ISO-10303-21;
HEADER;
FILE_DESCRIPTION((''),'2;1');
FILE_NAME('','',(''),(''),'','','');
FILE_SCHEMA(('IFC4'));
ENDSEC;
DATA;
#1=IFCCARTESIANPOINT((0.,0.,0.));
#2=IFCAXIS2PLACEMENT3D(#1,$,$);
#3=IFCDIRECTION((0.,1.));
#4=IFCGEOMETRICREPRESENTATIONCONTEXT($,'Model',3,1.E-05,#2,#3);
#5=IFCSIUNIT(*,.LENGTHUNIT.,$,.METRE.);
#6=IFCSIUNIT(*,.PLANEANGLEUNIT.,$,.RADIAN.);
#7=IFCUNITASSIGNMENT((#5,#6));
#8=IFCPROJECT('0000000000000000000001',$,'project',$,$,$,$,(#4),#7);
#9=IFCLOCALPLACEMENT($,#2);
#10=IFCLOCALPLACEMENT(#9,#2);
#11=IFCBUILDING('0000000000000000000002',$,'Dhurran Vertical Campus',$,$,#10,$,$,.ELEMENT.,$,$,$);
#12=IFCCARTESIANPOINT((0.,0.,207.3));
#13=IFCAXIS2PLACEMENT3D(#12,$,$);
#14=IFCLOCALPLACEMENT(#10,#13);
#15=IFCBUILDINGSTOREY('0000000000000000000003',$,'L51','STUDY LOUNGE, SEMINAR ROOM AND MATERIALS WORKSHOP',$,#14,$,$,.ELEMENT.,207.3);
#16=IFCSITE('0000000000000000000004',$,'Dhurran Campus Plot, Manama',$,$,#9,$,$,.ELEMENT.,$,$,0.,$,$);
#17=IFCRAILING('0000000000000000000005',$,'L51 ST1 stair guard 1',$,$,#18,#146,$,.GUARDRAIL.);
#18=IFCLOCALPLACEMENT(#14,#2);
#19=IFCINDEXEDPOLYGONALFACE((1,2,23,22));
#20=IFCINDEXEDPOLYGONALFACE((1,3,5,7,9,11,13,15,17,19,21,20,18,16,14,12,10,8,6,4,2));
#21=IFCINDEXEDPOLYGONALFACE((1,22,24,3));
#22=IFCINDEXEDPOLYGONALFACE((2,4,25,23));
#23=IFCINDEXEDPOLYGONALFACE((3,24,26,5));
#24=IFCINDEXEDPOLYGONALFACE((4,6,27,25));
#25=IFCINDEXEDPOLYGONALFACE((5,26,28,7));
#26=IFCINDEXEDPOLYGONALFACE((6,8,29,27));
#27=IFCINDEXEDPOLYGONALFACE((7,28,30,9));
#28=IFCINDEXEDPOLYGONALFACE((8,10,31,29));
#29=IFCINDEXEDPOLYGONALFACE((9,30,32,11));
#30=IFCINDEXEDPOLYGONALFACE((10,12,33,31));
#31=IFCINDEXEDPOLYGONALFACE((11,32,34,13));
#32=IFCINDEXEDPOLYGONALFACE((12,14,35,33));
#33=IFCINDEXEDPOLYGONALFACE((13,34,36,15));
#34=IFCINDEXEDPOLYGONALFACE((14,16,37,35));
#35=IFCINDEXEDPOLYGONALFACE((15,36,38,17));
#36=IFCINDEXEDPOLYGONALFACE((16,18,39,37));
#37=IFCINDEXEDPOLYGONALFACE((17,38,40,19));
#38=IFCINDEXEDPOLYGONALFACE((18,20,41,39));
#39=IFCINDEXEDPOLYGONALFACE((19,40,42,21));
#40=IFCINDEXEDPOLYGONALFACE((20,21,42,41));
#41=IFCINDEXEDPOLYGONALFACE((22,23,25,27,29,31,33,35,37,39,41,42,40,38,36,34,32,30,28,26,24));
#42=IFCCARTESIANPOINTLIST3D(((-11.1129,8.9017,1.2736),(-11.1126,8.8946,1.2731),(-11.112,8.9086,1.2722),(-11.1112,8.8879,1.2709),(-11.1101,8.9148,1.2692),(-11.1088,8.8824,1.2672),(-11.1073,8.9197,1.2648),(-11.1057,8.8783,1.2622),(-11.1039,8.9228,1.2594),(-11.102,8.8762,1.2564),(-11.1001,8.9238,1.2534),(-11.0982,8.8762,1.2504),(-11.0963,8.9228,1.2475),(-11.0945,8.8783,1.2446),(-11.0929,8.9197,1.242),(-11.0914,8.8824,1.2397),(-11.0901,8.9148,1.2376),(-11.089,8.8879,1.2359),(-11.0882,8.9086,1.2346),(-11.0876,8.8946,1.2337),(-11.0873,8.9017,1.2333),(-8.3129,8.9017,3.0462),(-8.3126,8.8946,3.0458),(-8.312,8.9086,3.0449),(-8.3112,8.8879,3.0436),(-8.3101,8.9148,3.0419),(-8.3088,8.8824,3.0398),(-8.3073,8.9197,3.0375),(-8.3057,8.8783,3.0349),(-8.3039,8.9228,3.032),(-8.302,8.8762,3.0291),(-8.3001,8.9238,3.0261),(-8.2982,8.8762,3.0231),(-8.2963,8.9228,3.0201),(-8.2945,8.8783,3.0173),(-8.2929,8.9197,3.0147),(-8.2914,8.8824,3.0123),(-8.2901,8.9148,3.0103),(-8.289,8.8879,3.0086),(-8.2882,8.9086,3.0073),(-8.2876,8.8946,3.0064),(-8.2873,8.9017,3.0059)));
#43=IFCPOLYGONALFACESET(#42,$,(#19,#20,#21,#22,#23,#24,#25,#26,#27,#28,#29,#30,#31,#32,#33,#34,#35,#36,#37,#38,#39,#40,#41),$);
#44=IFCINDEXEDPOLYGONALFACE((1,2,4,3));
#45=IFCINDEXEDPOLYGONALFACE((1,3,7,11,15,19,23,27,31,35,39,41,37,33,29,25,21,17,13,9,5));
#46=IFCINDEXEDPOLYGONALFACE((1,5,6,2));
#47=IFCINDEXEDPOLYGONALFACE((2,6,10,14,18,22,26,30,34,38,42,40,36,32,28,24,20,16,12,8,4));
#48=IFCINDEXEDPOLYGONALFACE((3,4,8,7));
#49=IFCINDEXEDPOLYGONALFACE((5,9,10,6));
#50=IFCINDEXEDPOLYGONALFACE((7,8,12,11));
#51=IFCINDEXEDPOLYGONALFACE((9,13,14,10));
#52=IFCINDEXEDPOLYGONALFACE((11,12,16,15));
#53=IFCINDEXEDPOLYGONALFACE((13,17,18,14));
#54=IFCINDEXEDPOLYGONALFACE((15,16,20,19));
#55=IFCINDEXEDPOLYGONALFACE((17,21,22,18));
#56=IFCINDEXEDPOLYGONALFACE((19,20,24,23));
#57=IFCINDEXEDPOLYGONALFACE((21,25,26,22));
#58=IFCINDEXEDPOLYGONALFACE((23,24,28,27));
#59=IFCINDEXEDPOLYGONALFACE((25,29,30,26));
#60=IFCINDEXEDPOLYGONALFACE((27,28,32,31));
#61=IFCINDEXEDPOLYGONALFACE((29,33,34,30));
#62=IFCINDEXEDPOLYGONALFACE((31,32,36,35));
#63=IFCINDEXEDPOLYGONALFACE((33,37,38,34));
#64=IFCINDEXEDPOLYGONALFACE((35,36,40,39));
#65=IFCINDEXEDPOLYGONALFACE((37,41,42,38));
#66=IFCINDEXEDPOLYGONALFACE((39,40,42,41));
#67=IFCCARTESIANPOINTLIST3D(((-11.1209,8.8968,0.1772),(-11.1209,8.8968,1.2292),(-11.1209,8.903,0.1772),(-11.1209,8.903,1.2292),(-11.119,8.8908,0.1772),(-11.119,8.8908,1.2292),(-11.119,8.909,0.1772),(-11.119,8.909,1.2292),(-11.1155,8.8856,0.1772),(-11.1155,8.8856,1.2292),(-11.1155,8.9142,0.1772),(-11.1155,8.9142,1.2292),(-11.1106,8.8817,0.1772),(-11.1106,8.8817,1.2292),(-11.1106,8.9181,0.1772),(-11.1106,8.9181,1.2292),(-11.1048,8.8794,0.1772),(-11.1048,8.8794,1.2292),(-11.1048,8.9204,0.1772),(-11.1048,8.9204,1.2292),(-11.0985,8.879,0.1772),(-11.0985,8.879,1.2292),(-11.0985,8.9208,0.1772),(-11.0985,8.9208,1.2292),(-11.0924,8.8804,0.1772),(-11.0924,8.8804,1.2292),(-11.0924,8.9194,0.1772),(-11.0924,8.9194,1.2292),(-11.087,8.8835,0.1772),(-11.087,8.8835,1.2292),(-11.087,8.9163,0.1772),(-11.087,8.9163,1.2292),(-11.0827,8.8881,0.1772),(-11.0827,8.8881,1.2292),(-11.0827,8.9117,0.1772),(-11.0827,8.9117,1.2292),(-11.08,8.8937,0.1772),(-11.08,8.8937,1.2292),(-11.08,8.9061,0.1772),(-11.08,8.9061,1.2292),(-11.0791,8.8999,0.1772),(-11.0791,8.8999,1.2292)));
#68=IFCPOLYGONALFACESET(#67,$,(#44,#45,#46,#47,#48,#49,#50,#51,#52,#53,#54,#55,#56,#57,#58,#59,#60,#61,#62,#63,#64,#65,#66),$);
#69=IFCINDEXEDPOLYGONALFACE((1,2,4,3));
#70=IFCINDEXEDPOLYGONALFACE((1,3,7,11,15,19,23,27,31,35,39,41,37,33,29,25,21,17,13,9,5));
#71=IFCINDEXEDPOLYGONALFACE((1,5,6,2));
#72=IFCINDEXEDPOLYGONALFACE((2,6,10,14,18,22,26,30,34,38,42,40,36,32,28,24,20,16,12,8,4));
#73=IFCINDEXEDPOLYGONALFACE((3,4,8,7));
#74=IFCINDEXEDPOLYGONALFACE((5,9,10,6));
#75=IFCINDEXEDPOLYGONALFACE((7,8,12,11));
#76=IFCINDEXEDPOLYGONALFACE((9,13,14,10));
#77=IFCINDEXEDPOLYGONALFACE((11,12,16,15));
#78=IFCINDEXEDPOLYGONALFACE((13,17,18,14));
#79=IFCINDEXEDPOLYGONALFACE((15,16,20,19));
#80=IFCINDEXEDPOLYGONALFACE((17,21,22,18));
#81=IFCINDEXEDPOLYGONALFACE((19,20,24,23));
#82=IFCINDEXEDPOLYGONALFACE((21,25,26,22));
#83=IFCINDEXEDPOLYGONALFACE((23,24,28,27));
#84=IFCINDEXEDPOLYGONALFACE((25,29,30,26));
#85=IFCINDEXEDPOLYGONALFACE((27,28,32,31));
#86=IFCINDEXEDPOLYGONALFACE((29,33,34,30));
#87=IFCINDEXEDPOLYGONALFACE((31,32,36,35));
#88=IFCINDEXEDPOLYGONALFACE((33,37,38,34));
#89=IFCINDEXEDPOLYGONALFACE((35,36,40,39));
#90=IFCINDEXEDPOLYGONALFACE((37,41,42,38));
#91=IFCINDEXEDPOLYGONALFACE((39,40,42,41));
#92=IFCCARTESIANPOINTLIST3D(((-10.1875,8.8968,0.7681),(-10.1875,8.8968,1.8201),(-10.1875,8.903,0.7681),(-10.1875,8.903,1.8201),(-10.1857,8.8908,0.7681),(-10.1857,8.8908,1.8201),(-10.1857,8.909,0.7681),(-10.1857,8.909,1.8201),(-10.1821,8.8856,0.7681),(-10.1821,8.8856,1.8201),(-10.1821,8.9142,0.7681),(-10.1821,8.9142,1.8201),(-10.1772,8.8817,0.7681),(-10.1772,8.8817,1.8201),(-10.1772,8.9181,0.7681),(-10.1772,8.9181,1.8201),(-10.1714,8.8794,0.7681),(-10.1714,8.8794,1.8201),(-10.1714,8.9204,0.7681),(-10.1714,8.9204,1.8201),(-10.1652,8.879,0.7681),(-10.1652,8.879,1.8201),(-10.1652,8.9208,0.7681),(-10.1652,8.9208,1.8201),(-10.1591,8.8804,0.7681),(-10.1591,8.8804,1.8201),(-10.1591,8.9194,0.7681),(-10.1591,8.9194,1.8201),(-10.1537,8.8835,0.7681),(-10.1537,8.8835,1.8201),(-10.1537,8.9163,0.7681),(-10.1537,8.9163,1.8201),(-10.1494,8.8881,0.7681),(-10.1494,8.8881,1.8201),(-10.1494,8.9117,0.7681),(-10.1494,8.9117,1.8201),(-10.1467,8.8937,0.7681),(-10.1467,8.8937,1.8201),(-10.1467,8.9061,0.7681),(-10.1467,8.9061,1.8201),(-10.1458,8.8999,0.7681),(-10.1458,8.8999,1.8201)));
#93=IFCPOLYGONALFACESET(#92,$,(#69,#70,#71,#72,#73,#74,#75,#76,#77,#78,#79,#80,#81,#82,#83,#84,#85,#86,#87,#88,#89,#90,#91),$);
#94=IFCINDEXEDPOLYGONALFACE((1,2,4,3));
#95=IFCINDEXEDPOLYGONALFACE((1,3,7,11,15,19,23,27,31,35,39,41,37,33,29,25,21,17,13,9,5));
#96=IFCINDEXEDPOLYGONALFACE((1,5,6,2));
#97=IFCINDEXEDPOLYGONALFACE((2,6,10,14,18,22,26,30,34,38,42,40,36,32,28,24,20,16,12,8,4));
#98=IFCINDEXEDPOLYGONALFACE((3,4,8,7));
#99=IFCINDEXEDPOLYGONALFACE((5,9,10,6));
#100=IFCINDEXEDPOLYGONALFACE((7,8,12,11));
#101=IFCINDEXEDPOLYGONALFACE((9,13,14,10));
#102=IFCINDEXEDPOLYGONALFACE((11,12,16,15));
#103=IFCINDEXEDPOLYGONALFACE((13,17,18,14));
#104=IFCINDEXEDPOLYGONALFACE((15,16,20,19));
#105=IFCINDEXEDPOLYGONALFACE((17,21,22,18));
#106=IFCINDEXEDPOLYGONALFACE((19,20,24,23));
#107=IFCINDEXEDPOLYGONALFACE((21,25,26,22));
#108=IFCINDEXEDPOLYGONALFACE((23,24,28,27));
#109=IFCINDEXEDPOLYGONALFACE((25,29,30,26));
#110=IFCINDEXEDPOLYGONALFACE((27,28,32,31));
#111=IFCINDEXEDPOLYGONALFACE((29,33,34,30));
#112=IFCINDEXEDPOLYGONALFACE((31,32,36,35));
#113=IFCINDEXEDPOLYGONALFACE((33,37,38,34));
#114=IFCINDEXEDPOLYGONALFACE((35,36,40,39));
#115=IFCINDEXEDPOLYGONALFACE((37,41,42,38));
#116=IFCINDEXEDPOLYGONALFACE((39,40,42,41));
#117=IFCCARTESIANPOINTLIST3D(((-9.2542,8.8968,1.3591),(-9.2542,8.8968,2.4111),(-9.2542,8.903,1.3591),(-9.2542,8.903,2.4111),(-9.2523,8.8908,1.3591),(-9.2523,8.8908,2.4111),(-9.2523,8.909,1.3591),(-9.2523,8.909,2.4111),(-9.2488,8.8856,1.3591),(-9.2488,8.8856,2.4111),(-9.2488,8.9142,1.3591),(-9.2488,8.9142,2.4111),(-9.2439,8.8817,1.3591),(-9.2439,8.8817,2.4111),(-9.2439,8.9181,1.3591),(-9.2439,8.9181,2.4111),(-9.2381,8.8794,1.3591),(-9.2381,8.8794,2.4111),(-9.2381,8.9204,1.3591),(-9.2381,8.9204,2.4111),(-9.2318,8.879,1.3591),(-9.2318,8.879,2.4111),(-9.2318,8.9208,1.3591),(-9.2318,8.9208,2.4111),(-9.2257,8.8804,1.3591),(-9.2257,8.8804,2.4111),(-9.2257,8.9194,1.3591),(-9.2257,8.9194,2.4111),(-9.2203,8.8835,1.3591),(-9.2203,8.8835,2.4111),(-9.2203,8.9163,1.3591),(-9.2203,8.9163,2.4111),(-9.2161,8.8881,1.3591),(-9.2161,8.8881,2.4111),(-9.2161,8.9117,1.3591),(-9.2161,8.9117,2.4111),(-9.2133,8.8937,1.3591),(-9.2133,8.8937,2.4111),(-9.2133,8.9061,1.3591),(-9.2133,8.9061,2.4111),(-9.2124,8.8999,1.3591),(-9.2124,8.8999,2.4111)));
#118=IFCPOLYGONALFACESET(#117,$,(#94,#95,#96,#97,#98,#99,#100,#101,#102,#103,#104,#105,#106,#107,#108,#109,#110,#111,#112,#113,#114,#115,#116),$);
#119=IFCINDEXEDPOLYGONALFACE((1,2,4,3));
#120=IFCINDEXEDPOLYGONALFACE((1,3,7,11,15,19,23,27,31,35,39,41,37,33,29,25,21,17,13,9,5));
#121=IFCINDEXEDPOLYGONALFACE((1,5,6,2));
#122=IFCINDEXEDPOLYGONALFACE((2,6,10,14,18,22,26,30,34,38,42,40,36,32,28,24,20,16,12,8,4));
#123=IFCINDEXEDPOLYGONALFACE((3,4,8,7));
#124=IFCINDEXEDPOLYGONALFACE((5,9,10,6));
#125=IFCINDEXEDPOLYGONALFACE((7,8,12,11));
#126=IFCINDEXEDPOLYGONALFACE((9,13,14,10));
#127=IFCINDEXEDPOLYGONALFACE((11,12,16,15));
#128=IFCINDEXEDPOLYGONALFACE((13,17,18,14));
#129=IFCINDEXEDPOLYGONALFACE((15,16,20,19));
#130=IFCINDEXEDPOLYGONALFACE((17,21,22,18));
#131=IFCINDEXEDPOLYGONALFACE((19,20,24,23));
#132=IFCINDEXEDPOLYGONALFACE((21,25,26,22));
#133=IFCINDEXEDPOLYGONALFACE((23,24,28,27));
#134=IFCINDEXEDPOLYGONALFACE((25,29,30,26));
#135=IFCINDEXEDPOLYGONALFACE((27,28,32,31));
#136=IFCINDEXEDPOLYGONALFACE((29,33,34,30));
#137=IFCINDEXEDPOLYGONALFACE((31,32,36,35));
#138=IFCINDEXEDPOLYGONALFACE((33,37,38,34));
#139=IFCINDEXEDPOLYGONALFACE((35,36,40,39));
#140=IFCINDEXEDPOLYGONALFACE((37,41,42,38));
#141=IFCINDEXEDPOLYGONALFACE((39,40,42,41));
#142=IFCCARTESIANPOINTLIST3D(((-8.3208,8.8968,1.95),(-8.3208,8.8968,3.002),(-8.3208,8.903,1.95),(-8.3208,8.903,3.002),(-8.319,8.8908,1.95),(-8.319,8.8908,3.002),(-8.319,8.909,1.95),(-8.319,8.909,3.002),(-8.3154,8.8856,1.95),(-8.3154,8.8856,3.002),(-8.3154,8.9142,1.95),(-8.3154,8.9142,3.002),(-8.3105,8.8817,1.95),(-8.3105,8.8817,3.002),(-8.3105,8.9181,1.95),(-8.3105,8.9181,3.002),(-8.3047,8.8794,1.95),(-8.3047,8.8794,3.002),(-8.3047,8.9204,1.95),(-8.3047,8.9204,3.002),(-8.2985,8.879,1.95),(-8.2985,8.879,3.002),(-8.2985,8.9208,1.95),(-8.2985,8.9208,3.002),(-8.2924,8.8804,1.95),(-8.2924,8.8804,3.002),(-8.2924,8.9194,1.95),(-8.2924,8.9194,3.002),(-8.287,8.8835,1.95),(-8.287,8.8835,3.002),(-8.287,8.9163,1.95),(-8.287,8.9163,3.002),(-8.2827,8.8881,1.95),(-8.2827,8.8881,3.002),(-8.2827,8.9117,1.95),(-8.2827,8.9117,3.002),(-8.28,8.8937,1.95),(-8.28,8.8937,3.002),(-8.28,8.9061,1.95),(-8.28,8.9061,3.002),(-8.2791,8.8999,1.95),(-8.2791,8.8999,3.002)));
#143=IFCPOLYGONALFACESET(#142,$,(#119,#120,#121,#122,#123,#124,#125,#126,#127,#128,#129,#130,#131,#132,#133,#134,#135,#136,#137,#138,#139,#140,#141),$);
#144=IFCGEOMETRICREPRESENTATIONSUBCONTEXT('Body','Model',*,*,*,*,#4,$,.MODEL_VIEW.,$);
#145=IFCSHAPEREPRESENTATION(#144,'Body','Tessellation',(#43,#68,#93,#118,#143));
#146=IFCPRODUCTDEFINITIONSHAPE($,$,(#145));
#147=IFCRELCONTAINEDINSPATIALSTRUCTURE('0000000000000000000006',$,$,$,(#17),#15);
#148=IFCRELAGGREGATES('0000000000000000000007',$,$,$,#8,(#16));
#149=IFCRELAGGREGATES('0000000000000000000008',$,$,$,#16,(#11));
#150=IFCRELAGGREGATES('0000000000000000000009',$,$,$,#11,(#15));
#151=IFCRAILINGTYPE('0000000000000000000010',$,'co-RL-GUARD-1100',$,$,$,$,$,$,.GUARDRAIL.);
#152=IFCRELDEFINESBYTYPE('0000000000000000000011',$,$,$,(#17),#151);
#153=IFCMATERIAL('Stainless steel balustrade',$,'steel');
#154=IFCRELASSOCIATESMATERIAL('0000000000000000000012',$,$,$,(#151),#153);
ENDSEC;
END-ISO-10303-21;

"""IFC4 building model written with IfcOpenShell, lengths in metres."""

from ifc_helpers import new_model, si_unit, direction, frame, origin, origin_2d, place, context, subcontext, project, spatial, circle, extrude, material, type_object, element, save


model = new_model("IFC4")

# Units and contexts
model_context = context("Model", 3, precision=1e-05, world=origin(), true_north=direction((0.0, 1.0)))
body_context = subcontext(model_context, "Body", "Model", "MODEL_VIEW")
ifc_project = project(units=[si_unit("LENGTHUNIT", "METRE"), si_unit("PLANEANGLEUNIT", "RADIAN")], contexts=[model_context])

# Site, building, storey
site_placement = place(None, origin())
site = spatial("IfcSite", under=ifc_project, at=site_placement, Name="Dhurran Campus Plot, Manama", CompositionType="ELEMENT", RefElevation=0.0)
building_placement = place(site_placement, origin())
building = spatial("IfcBuilding", under=site, at=building_placement, Name="Dhurran Vertical Campus", CompositionType="ELEMENT")
storey_placement = place(building_placement, frame((0.0, 0.0, 207.3)))
storey = spatial("IfcBuildingStorey", under=building, at=storey_placement, Name="L51", Description="STUDY LOUNGE, SEMINAR ROOM AND MATERIALS WORKSHOP", CompositionType="ELEMENT", Elevation=207.3)

# Railing
ifc_material_1 = material(Name="Stainless steel balustrade", Category="steel")
railing_type_1 = type_object("IfcRailingType", Name="co-RL-GUARD-1100", PredefinedType="GUARDRAIL", material=ifc_material_1)
railing_1_placement = place(storey_placement, frame((-11.1001, 8.8999, 0.1772)))
element("IfcRailing", 1, at=railing_1_placement, inside=storey, type_object=railing_type_1, Name="L51 ST1 stair guard 1", PredefinedType="GUARDRAIL", context=body_context, shape_type="SweptSolid", body=[
    extrude(circle(Radius=0.0239, at=origin_2d()), frame((0.0, 0.0, 1.0762), z_axis=(0.844909, 0.0, 0.53491), x_axis=(0.0, 1.0, 0.0)), (0.0, 0.0, 1.0), 3.314),
    extrude(circle(Radius=0.021, at=origin_2d()), origin(), (0.0, 0.0, 1.0), 1.052),
    extrude(circle(Radius=0.021, at=origin_2d()), frame((0.9333, 0.0, 0.5908)), (0.0, 0.0, 1.0), 1.052),
    extrude(circle(Radius=0.021, at=origin_2d()), frame((1.8667, 0.0, 1.1819)), (0.0, 0.0, 1.0), 1.052),
    extrude(circle(Radius=0.021, at=origin_2d()), frame((2.8, 0.0, 1.7727)), (0.0, 0.0, 1.0), 1.052),
])

save(model, "model.ifc")
